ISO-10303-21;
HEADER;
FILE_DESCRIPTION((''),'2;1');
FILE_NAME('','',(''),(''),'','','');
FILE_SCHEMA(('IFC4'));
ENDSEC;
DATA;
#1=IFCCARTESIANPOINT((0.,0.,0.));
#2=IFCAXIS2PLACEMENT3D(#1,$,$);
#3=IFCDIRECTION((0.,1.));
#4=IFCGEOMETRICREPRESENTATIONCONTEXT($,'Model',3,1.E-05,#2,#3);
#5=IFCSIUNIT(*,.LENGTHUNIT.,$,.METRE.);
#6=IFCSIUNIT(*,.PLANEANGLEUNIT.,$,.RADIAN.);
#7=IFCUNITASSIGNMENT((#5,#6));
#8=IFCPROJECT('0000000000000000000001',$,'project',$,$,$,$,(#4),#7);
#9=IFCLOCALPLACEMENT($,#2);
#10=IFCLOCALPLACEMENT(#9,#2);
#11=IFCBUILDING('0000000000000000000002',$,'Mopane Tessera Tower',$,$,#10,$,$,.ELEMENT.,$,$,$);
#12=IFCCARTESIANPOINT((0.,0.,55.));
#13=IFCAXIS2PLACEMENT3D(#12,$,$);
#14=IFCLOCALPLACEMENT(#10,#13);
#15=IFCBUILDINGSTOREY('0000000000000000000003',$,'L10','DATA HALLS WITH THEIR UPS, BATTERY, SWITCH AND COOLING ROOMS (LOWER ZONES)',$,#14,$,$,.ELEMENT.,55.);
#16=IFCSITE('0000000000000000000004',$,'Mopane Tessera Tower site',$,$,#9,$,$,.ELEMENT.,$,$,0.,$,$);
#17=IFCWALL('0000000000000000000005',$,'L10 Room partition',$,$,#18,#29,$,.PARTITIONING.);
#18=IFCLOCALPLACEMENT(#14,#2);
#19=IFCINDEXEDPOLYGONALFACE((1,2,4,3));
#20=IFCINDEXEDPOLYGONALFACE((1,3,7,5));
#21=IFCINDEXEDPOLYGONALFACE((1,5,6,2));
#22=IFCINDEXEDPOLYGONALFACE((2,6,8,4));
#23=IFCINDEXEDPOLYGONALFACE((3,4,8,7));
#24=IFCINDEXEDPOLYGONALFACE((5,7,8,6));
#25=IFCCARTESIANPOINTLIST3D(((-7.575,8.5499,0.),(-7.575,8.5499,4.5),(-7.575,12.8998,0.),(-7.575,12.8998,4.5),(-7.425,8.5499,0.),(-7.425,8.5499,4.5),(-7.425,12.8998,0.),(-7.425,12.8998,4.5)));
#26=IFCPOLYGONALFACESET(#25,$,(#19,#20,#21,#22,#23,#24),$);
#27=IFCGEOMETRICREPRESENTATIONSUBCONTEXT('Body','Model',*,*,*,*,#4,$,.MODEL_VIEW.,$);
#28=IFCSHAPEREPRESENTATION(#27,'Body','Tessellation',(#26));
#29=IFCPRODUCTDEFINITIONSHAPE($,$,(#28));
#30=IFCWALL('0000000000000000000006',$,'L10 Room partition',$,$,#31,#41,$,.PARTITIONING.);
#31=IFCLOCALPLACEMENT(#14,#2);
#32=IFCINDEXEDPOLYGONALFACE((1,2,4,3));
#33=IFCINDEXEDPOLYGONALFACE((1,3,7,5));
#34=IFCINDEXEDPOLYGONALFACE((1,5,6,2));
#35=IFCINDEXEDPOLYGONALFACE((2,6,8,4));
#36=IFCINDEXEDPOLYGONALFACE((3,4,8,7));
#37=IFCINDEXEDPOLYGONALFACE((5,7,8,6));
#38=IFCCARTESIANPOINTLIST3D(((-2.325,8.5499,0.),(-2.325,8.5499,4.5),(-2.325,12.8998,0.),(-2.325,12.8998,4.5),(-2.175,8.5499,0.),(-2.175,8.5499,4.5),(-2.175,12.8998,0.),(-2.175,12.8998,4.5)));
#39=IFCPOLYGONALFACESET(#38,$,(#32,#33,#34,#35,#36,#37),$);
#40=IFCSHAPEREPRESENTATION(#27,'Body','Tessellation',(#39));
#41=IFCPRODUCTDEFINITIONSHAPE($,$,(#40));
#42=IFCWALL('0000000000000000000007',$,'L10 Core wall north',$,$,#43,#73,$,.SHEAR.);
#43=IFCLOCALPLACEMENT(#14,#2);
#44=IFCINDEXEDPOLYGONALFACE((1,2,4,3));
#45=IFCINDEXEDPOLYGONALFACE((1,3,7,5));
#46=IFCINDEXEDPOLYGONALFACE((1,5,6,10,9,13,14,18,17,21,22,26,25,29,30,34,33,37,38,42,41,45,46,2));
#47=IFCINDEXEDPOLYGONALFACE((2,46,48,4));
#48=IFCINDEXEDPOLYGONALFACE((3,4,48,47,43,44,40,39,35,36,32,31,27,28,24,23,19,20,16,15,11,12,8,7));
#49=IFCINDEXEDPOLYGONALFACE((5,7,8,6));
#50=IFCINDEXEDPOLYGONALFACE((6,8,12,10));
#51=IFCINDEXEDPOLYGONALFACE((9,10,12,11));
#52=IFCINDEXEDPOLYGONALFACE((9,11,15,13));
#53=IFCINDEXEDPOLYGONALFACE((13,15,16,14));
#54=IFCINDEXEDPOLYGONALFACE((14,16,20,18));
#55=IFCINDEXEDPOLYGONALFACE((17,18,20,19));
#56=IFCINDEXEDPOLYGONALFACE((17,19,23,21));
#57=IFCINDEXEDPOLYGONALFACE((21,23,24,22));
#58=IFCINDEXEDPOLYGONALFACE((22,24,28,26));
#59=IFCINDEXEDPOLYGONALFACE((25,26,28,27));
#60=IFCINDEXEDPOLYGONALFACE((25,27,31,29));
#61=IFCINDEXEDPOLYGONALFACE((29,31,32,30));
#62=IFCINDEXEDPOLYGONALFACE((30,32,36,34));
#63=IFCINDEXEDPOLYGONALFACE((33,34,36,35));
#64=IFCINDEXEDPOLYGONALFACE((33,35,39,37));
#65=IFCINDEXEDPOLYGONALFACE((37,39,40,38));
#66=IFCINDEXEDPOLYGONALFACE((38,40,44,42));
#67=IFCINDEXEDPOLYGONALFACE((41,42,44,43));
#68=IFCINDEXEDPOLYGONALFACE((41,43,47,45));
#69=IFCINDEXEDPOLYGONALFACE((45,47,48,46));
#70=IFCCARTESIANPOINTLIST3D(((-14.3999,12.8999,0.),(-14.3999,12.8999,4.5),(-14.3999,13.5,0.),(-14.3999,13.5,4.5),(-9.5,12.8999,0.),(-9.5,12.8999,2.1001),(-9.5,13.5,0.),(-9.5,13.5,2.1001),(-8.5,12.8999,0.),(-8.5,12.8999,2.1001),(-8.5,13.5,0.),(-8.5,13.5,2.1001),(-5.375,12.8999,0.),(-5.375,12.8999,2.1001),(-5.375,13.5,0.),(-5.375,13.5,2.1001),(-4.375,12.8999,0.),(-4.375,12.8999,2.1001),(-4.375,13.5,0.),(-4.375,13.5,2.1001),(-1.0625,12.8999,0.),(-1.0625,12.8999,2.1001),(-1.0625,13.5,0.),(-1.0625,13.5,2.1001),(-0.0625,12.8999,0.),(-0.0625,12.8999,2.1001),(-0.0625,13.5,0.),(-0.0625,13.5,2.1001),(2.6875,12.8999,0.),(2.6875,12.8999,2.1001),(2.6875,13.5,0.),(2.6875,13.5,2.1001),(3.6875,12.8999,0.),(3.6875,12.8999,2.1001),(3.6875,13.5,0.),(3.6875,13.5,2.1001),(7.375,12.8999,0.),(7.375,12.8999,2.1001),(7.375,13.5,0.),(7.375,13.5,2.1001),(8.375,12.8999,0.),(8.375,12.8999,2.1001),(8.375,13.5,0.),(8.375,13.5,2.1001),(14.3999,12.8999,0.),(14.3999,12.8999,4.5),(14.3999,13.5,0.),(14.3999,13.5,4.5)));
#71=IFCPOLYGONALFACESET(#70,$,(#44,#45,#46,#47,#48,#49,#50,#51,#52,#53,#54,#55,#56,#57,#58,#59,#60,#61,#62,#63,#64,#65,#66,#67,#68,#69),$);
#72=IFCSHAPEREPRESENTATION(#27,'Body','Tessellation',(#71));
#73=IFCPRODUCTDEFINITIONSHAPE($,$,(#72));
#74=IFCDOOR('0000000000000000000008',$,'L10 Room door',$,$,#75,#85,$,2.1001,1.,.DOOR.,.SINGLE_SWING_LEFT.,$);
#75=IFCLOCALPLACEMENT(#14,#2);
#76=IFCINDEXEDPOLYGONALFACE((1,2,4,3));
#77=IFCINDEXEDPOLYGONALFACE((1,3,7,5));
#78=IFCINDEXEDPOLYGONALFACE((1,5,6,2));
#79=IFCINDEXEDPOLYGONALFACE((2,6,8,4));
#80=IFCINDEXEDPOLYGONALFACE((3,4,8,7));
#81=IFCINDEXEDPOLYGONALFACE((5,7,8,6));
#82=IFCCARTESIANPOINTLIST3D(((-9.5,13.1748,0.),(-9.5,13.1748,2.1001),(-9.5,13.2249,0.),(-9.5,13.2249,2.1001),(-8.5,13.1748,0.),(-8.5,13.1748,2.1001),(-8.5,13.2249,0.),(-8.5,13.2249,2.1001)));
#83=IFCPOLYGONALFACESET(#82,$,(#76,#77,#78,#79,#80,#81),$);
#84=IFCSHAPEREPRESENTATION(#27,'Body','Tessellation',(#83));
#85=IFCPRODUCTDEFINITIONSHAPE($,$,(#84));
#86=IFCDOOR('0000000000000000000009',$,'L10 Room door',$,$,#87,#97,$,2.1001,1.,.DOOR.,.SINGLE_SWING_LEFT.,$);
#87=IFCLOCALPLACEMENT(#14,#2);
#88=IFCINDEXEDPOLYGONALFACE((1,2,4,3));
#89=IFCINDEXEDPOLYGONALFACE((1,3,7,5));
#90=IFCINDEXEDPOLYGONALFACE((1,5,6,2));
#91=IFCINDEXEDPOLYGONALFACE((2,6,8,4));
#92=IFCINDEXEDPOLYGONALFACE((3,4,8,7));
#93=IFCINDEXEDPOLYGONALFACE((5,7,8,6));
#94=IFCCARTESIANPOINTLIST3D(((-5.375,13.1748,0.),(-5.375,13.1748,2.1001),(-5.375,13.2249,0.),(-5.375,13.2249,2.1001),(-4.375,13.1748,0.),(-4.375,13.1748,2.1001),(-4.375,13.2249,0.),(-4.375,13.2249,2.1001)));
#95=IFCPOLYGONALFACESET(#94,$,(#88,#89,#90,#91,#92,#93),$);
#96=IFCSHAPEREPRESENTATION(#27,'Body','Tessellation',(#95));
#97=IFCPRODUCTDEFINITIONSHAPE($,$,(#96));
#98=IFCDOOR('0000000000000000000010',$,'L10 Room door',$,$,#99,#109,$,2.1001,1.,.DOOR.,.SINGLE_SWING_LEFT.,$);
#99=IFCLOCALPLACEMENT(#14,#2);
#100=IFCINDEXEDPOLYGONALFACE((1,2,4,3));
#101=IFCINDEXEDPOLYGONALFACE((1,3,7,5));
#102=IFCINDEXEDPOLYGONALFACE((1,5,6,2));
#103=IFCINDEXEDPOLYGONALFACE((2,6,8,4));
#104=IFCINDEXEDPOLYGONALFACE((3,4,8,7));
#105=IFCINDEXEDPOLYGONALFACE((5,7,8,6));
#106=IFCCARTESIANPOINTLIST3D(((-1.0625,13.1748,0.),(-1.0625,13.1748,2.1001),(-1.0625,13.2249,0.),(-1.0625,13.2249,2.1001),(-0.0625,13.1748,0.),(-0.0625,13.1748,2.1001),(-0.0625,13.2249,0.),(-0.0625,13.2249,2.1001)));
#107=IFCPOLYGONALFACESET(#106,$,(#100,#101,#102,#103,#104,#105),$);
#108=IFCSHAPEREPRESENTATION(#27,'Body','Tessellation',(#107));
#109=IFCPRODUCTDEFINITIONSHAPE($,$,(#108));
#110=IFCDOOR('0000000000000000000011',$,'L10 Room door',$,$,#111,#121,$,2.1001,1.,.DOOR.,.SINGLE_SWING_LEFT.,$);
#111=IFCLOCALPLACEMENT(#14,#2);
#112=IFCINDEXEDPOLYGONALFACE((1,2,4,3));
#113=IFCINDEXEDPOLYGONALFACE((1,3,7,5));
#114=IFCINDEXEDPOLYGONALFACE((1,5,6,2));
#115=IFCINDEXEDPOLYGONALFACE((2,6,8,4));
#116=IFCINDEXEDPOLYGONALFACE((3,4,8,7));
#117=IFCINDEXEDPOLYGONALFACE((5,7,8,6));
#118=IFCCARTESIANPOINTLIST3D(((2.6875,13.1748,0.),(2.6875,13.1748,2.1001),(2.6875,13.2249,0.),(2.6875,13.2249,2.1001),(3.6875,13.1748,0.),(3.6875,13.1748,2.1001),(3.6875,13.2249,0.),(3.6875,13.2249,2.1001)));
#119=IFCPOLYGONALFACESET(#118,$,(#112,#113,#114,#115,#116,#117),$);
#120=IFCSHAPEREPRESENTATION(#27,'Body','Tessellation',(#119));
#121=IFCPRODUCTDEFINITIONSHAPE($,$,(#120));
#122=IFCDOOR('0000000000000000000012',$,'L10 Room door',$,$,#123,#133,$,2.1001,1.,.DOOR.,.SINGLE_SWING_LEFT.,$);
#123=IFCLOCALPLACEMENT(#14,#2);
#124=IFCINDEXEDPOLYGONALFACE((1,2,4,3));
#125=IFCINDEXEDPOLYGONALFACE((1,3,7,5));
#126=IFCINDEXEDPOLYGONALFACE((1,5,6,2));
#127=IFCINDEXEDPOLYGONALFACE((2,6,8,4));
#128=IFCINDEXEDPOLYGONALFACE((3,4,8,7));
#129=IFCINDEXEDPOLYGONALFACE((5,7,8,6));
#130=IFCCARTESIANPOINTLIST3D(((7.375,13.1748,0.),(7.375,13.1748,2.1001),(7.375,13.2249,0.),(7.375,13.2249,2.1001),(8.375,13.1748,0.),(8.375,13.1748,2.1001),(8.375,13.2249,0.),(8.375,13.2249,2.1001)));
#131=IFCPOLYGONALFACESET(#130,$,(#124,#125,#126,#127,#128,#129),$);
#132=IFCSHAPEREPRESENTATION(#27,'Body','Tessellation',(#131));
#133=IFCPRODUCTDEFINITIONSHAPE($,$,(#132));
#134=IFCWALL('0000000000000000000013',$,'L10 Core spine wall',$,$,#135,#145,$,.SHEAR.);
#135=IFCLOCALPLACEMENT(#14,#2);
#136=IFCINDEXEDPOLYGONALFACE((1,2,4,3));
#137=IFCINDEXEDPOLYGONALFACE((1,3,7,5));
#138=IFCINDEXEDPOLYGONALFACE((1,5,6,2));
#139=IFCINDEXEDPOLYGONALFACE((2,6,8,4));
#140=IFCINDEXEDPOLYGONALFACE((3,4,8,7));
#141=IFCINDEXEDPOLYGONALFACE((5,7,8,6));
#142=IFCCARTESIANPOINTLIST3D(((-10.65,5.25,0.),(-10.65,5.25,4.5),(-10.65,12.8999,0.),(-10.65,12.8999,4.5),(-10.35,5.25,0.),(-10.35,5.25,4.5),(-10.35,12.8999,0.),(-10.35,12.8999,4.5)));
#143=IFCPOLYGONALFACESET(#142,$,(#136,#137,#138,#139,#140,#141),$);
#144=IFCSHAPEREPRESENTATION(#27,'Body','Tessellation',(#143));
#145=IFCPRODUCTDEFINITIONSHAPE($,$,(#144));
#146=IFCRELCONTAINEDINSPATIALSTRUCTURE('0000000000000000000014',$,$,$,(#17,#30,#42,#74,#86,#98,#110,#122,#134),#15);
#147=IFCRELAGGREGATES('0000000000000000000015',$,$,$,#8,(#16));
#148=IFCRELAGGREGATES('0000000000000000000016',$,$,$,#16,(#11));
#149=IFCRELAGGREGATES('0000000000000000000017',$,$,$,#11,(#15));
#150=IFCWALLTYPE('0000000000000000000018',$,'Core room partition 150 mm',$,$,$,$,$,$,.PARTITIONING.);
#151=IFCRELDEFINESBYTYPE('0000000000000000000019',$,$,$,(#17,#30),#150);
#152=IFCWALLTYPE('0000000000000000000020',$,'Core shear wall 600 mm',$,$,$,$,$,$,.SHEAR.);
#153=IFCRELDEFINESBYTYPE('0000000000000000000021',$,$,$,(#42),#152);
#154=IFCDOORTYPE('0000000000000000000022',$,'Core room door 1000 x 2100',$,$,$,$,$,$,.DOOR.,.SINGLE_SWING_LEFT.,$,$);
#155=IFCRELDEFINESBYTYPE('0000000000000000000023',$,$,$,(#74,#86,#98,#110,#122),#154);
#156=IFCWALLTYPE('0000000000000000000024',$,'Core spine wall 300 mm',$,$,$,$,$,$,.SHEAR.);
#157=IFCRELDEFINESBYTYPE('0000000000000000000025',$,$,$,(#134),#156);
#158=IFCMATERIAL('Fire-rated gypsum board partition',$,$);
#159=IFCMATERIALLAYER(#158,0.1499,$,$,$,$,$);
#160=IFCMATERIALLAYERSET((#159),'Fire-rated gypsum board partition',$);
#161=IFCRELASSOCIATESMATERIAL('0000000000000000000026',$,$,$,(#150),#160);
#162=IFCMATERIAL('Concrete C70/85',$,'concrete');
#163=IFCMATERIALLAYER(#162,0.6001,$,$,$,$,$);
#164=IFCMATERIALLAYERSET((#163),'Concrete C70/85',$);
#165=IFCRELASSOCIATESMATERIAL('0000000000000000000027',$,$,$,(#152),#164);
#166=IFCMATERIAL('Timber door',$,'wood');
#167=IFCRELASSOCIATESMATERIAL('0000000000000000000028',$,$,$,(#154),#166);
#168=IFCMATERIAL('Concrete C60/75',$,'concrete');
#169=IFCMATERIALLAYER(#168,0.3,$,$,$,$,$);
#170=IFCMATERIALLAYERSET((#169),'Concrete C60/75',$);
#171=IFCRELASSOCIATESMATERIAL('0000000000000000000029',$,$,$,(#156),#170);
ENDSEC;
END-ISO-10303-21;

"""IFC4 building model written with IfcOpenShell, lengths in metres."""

from ifc_helpers import new_model, si_unit, direction, frame, frame_2d, origin, place, context, subcontext, project, spatial, rectangle, extrude, material, layer, layer_set, type_object, element, fill, save


model = new_model("IFC4")

# Units and contexts
model_context = context("Model", 3, precision=1e-05, world=origin(), true_north=direction((0.0, 1.0)))
body_context = subcontext(model_context, "Body", "Model", "MODEL_VIEW")
ifc_project = project(units=[si_unit("LENGTHUNIT", "METRE"), si_unit("PLANEANGLEUNIT", "RADIAN")], contexts=[model_context])

# Site, building, storey
site_placement = place(None, origin())
site = spatial("IfcSite", under=ifc_project, at=site_placement, Name="Mopane Tessera Tower site", CompositionType="ELEMENT", RefElevation=0.0)
building_placement = place(site_placement, origin())
building = spatial("IfcBuilding", under=site, at=building_placement, Name="Mopane Tessera Tower", CompositionType="ELEMENT")
storey_placement = place(building_placement, frame((0.0, 0.0, 55.0)))
storey = spatial("IfcBuildingStorey", under=building, at=storey_placement, Name="L10", Description="DATA HALLS WITH THEIR UPS, BATTERY, SWITCH AND COOLING ROOMS (LOWER ZONES)", CompositionType="ELEMENT", Elevation=55.0)

# Walls
ifc_material_1 = material(Name="Fire-rated gypsum board partition")
ifc_layer_1 = layer(ifc_material_1, 0.1499)
ifc_layer_set_1 = layer_set([ifc_layer_1], Name="Fire-rated gypsum board partition")
wall_type_1 = type_object("IfcWallType", Name="Core room partition 150 mm", PredefinedType="PARTITIONING", material=ifc_layer_set_1)
for number, where, z_axis, x_axis, name in (
    (1, (-7.5, 8.55, 0.0), (0.0, 0.0, 1.0), (0.0, 1.0, 0.0), "L10 Room partition"),
    (2, (-2.25, 8.55, 0.0), (0.0, 0.0, 1.0), (0.0, 1.0, 0.0), "L10 Room partition"),
):
    element("IfcWall", number, at=place(storey_placement, frame(where, z_axis=z_axis, x_axis=x_axis)), inside=storey, type_object=wall_type_1, Name=name, PredefinedType="PARTITIONING", context=body_context, shape_type="SweptSolid", body=[
        extrude(rectangle(XDim=4.3499, YDim=0.1499, at=frame_2d((2.1748, 0.0))), origin(), (0.0, 0.0, 1.0), 4.5),
    ])

# Wall, openings, doors
ifc_material_2 = material(Name="Concrete C70/85", Category="concrete")
ifc_layer_2 = layer(ifc_material_2, 0.6001)
ifc_layer_set_2 = layer_set([ifc_layer_2], Name="Concrete C70/85")
wall_type_2 = type_object("IfcWallType", Name="Core shear wall 600 mm", PredefinedType="SHEAR", material=ifc_layer_set_2)
wall_1_placement = place(storey_placement, frame((-14.3999, 13.2, 0.0), z_axis=(0.0, 0.0, 1.0), x_axis=(1.0, 0.0, 0.0)))
wall_1 = element("IfcWall", 3, at=wall_1_placement, inside=storey, type_object=wall_type_2, Name="L10 Core wall north", PredefinedType="SHEAR", context=body_context, shape_type="SweptSolid", body=[
    extrude(rectangle(XDim=28.7998, YDim=0.6001, at=frame_2d((14.3999, 0.0))), origin(), (0.0, 0.0, 1.0), 4.5),
])
opening_1_placement = place(wall_1_placement, frame((4.8999, 0.0, 0.0)))
opening_1 = element("IfcOpeningElement", 4, at=opening_1_placement, cuts=wall_1, PredefinedType="OPENING", context=body_context, shape_type="SweptSolid", body=[
    extrude(rectangle(XDim=1.0, YDim=2.1001, at=frame_2d((0.5, 1.05))), frame((0.0, 0.312, 0.0), z_axis=(0.0, -1.0, 0.0), x_axis=(1.0, 0.0, 0.0)), (0.0, 0.0, 1.0), 0.624),
])
opening_2_placement = place(wall_1_placement, frame((9.0249, 0.0, 0.0)))
opening_2 = element("IfcOpeningElement", 5, at=opening_2_placement, cuts=wall_1, PredefinedType="OPENING", context=body_context, shape_type="SweptSolid", body=[
    extrude(rectangle(XDim=1.0, YDim=2.1001, at=frame_2d((0.5, 1.05))), frame((0.0, 0.312, 0.0), z_axis=(0.0, -1.0, 0.0), x_axis=(1.0, 0.0, 0.0)), (0.0, 0.0, 1.0), 0.624),
])
opening_3_placement = place(wall_1_placement, frame((13.3374, 0.0, 0.0)))
opening_3 = element("IfcOpeningElement", 6, at=opening_3_placement, cuts=wall_1, PredefinedType="OPENING", context=body_context, shape_type="SweptSolid", body=[
    extrude(rectangle(XDim=1.0, YDim=2.1001, at=frame_2d((0.5, 1.05))), frame((0.0, 0.312, 0.0), z_axis=(0.0, -1.0, 0.0), x_axis=(1.0, 0.0, 0.0)), (0.0, 0.0, 1.0), 0.624),
])
opening_4_placement = place(wall_1_placement, frame((17.0874, 0.0, 0.0)))
opening_4 = element("IfcOpeningElement", 7, at=opening_4_placement, cuts=wall_1, PredefinedType="OPENING", context=body_context, shape_type="SweptSolid", body=[
    extrude(rectangle(XDim=1.0, YDim=2.1001, at=frame_2d((0.5, 1.05))), frame((0.0, 0.312, 0.0), z_axis=(0.0, -1.0, 0.0), x_axis=(1.0, 0.0, 0.0)), (0.0, 0.0, 1.0), 0.624),
])
opening_5_placement = place(wall_1_placement, frame((21.7749, 0.0, 0.0)))
opening_5 = element("IfcOpeningElement", 8, at=opening_5_placement, cuts=wall_1, PredefinedType="OPENING", context=body_context, shape_type="SweptSolid", body=[
    extrude(rectangle(XDim=1.0, YDim=2.1001, at=frame_2d((0.5, 1.05))), frame((0.0, 0.312, 0.0), z_axis=(0.0, -1.0, 0.0), x_axis=(1.0, 0.0, 0.0)), (0.0, 0.0, 1.0), 0.624),
])
ifc_material_3 = material(Name="Timber door", Category="wood")
door_type_1 = type_object("IfcDoorType", Name="Core room door 1000 x 2100", OperationType="SINGLE_SWING_LEFT", PredefinedType="DOOR", material=ifc_material_3)
door_1_placement = place(opening_1_placement, origin())
door_1 = element("IfcDoor", 9, at=door_1_placement, inside=storey, type_object=door_type_1, Name="L10 Room door", OperationType="SINGLE_SWING_LEFT", OverallHeight=2.1001, OverallWidth=1.0, PredefinedType="DOOR", context=body_context, shape_type="SweptSolid", body=[
    extrude(rectangle(XDim=1.0, YDim=2.1001, at=frame_2d((0.5, 1.05))), frame((0.0, 0.0249, 0.0), z_axis=(0.0, -1.0, 0.0), x_axis=(1.0, 0.0, 0.0)), (0.0, 0.0, 1.0), 0.05),
])
fill(opening_1, door_1)
door_2_placement = place(opening_2_placement, origin())
door_2 = element("IfcDoor", 10, at=door_2_placement, inside=storey, type_object=door_type_1, Name="L10 Room door", OperationType="SINGLE_SWING_LEFT", OverallHeight=2.1001, OverallWidth=1.0, PredefinedType="DOOR", context=body_context, shape_type="SweptSolid", body=[
    extrude(rectangle(XDim=1.0, YDim=2.1001, at=frame_2d((0.5, 1.05))), frame((0.0, 0.0249, 0.0), z_axis=(0.0, -1.0, 0.0), x_axis=(1.0, 0.0, 0.0)), (0.0, 0.0, 1.0), 0.05),
])
fill(opening_2, door_2)
door_3_placement = place(opening_3_placement, origin())
door_3 = element("IfcDoor", 11, at=door_3_placement, inside=storey, type_object=door_type_1, Name="L10 Room door", OperationType="SINGLE_SWING_LEFT", OverallHeight=2.1001, OverallWidth=1.0, PredefinedType="DOOR", context=body_context, shape_type="SweptSolid", body=[
    extrude(rectangle(XDim=1.0, YDim=2.1001, at=frame_2d((0.5, 1.05))), frame((0.0, 0.0249, 0.0), z_axis=(0.0, -1.0, 0.0), x_axis=(1.0, 0.0, 0.0)), (0.0, 0.0, 1.0), 0.05),
])
fill(opening_3, door_3)
door_4_placement = place(opening_4_placement, origin())
door_4 = element("IfcDoor", 12, at=door_4_placement, inside=storey, type_object=door_type_1, Name="L10 Room door", OperationType="SINGLE_SWING_LEFT", OverallHeight=2.1001, OverallWidth=1.0, PredefinedType="DOOR", context=body_context, shape_type="SweptSolid", body=[
    extrude(rectangle(XDim=1.0, YDim=2.1001, at=frame_2d((0.5, 1.05))), frame((0.0, 0.0249, 0.0), z_axis=(0.0, -1.0, 0.0), x_axis=(1.0, 0.0, 0.0)), (0.0, 0.0, 1.0), 0.05),
])
fill(opening_4, door_4)
door_5_placement = place(opening_5_placement, origin())
door_5 = element("IfcDoor", 13, at=door_5_placement, inside=storey, type_object=door_type_1, Name="L10 Room door", OperationType="SINGLE_SWING_LEFT", OverallHeight=2.1001, OverallWidth=1.0, PredefinedType="DOOR", context=body_context, shape_type="SweptSolid", body=[
    extrude(rectangle(XDim=1.0, YDim=2.1001, at=frame_2d((0.5, 1.05))), frame((0.0, 0.0249, 0.0), z_axis=(0.0, -1.0, 0.0), x_axis=(1.0, 0.0, 0.0)), (0.0, 0.0, 1.0), 0.05),
])
fill(opening_5, door_5)

# Wall
ifc_material_4 = material(Name="Concrete C60/75", Category="concrete")
ifc_layer_3 = layer(ifc_material_4, 0.3)
ifc_layer_set_3 = layer_set([ifc_layer_3], Name="Concrete C60/75")
wall_type_3 = type_object("IfcWallType", Name="Core spine wall 300 mm", PredefinedType="SHEAR", material=ifc_layer_set_3)
wall_2_placement = place(storey_placement, frame((-10.5, 5.25, 0.0), z_axis=(0.0, 0.0, 1.0), x_axis=(0.0, 1.0, 0.0)))
element("IfcWall", 14, at=wall_2_placement, inside=storey, type_object=wall_type_3, Name="L10 Core spine wall", PredefinedType="SHEAR", context=body_context, shape_type="SweptSolid", body=[
    extrude(rectangle(XDim=7.6499, YDim=0.3, at=frame_2d((3.825, 0.0))), origin(), (0.0, 0.0, 1.0), 4.5),
])

save(model, "model.ifc")
